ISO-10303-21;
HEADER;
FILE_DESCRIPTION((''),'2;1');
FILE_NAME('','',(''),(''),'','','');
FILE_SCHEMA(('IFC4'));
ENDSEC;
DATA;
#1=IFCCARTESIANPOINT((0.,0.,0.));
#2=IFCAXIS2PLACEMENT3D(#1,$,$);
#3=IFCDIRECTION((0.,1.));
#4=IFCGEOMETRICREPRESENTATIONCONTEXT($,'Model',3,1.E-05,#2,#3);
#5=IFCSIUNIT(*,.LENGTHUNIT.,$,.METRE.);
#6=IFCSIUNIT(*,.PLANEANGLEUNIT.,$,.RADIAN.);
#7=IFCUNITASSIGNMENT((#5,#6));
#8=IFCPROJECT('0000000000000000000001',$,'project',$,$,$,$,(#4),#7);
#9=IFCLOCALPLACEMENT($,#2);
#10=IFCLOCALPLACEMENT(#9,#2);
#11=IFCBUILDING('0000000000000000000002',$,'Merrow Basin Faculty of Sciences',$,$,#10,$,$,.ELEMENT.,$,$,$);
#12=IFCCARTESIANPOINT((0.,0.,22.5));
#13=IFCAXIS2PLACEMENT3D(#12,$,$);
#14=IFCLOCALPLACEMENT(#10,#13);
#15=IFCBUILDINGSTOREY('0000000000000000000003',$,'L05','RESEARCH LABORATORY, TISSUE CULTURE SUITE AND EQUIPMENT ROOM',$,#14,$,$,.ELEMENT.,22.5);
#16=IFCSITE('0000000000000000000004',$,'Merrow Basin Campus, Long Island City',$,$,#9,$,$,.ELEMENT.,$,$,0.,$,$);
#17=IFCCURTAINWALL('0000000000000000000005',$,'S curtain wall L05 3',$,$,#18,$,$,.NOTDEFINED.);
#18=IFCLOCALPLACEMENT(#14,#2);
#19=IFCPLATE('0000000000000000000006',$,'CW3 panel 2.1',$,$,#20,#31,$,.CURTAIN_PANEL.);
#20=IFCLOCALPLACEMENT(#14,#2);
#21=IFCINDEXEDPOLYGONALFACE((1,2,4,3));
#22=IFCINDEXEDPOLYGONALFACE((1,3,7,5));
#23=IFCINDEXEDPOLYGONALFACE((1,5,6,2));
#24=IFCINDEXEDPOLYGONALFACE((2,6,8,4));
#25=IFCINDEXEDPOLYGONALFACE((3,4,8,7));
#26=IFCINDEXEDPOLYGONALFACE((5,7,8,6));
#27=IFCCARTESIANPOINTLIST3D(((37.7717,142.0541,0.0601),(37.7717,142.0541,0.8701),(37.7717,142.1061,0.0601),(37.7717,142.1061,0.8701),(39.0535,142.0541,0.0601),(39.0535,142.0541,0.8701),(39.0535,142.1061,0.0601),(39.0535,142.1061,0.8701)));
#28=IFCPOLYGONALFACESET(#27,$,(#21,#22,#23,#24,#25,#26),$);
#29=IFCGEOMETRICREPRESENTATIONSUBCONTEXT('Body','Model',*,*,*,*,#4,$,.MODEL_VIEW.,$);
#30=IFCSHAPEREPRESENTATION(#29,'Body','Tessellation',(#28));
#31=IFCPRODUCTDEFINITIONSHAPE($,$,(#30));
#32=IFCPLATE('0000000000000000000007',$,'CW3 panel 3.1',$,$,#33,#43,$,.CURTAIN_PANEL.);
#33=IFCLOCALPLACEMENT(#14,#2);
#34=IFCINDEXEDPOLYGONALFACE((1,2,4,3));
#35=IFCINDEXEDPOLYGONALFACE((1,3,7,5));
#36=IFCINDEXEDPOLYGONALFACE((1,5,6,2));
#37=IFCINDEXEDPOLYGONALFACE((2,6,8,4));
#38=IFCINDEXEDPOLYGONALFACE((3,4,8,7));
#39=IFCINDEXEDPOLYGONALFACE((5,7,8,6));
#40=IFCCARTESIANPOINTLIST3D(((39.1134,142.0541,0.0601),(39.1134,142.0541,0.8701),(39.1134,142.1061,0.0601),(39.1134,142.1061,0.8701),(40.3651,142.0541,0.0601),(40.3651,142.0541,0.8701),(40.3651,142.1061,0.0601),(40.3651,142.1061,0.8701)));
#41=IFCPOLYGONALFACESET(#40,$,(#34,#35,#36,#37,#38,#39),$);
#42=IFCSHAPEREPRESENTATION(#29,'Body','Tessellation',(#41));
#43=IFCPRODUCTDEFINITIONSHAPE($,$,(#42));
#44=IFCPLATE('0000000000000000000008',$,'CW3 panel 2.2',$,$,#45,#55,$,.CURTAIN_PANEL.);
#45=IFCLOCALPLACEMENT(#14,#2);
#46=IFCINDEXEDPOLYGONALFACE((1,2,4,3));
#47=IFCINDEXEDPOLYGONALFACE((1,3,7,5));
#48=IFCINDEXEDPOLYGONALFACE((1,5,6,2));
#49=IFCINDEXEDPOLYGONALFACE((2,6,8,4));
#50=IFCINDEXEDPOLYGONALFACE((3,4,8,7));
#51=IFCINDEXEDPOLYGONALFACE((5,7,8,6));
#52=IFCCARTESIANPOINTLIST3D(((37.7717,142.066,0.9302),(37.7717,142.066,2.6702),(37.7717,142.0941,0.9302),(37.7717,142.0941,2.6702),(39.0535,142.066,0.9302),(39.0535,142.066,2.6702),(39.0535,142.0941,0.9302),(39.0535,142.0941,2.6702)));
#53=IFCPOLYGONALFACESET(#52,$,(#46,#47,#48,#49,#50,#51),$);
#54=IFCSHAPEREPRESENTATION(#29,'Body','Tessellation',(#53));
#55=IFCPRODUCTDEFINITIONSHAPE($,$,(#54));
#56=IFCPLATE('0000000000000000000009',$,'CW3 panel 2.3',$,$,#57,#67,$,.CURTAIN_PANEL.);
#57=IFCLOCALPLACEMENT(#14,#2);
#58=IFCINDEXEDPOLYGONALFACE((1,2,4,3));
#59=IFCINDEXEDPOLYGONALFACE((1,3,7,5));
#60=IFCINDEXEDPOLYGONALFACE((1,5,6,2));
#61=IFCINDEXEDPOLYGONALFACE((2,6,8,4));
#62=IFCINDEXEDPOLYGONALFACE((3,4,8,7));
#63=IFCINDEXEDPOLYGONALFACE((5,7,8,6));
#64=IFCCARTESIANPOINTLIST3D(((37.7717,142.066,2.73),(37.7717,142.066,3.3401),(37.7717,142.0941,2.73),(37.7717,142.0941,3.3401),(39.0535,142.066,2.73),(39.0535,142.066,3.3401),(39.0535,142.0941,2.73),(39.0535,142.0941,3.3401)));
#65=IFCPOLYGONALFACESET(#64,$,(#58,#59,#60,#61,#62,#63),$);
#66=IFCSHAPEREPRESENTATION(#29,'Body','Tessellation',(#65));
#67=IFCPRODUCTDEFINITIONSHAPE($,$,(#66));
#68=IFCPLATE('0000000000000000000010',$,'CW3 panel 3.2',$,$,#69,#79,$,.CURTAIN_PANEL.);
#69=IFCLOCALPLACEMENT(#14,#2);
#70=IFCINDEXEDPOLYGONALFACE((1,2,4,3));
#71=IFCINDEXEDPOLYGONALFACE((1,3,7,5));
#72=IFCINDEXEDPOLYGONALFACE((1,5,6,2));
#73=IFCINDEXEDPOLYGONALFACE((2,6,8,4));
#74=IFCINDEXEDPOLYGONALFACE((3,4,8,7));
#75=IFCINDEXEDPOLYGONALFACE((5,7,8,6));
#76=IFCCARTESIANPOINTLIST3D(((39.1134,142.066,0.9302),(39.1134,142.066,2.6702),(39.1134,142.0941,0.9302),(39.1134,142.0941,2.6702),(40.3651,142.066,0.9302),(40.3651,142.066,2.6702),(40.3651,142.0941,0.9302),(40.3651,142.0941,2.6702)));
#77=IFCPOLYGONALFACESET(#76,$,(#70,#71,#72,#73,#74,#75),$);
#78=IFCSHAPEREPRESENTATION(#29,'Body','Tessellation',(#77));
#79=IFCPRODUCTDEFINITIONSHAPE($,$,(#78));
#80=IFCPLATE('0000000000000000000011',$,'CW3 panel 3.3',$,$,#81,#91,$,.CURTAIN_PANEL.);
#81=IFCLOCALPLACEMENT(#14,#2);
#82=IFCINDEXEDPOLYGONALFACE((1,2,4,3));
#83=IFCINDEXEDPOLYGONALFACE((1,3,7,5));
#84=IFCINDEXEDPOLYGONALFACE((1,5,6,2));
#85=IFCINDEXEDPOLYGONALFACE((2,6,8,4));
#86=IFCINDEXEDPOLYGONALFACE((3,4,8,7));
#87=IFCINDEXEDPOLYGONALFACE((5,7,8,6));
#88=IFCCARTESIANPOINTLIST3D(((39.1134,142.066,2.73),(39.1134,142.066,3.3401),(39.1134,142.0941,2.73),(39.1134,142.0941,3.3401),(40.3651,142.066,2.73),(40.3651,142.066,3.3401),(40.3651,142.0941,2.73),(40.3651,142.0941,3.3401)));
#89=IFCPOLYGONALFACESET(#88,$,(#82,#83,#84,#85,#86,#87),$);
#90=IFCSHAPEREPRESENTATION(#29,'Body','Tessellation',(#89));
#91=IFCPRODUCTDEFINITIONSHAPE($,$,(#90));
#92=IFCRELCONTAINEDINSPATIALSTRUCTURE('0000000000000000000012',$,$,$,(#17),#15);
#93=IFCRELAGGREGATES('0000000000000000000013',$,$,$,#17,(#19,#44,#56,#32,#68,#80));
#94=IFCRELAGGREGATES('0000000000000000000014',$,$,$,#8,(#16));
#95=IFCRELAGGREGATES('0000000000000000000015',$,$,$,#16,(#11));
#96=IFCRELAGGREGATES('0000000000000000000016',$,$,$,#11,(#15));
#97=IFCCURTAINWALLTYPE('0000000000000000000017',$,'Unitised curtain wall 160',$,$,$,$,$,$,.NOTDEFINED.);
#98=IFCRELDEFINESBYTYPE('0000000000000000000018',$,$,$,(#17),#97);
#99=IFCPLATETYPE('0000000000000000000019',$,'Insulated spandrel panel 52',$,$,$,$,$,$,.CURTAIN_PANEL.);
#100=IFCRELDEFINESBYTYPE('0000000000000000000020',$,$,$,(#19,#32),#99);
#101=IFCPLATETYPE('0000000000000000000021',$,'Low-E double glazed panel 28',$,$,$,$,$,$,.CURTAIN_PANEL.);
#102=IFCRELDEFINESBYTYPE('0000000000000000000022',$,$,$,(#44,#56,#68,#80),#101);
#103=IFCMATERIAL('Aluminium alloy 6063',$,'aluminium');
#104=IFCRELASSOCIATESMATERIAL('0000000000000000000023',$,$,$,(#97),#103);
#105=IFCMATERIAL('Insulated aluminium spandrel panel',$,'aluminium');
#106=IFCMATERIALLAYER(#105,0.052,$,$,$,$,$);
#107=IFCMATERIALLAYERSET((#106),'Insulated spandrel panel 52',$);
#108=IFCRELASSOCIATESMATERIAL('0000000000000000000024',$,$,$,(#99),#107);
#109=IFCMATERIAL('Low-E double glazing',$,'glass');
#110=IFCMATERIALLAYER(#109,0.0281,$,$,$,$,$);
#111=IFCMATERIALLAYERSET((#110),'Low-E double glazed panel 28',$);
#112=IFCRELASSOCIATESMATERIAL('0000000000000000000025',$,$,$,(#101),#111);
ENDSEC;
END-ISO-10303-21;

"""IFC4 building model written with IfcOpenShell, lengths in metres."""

from ifc_helpers import new_model, si_unit, direction, frame, origin, origin_2d, place, context, subcontext, project, spatial, rectangle, extrude, material, layer, layer_set, type_object, element, aggregate, save


model = new_model("IFC4")

# Units and contexts
model_context = context("Model", 3, precision=1e-05, world=origin(), true_north=direction((0.0, 1.0)))
body_context = subcontext(model_context, "Body", "Model", "MODEL_VIEW")
ifc_project = project(units=[si_unit("LENGTHUNIT", "METRE"), si_unit("PLANEANGLEUNIT", "RADIAN")], contexts=[model_context])

# Site, building, storey
site_placement = place(None, origin())
site = spatial("IfcSite", under=ifc_project, at=site_placement, Name="Merrow Basin Campus, Long Island City", CompositionType="ELEMENT", RefElevation=0.0)
building_placement = place(site_placement, origin())
building = spatial("IfcBuilding", under=site, at=building_placement, Name="Merrow Basin Faculty of Sciences", CompositionType="ELEMENT")
storey_placement = place(building_placement, frame((0.0, 0.0, 22.5)))
storey = spatial("IfcBuildingStorey", under=building, at=storey_placement, Name="L05", Description="RESEARCH LABORATORY, TISSUE CULTURE SUITE AND EQUIPMENT ROOM", CompositionType="ELEMENT", Elevation=22.5)

# Curtain wall
ifc_material_1 = material(Name="Aluminium alloy 6063", Category="aluminium")
curtain_wall_type = type_object("IfcCurtainWallType", Name="Unitised curtain wall 160", PredefinedType="NOTDEFINED", material=ifc_material_1)
curtain_wall_1_placement = place(storey_placement, origin())
curtain_wall_1 = element("IfcCurtainWall", 1, at=curtain_wall_1_placement, inside=storey, type_object=curtain_wall_type, Name="S curtain wall L05 3", PredefinedType="NOTDEFINED")

# Plates
ifc_material_2 = material(Name="Insulated aluminium spandrel panel", Category="aluminium")
ifc_layer_1 = layer(ifc_material_2, 0.052)
ifc_layer_set_1 = layer_set([ifc_layer_1], Name="Insulated spandrel panel 52")
plate_type_1 = type_object("IfcPlateType", Name="Insulated spandrel panel 52", PredefinedType="CURTAIN_PANEL", material=ifc_layer_set_1)
plate_1_placement = place(storey_placement, frame((38.4126, 142.0801, 0.0601), z_axis=(0.0, 0.0, 1.0), x_axis=(1.0, 0.0, 0.0)))
plate_1 = element("IfcPlate", 2, at=plate_1_placement, type_object=plate_type_1, Name="CW3 panel 2.1", PredefinedType="CURTAIN_PANEL", context=body_context, shape_type="SweptSolid", body=[
    extrude(rectangle(XDim=1.2817, YDim=0.052, at=origin_2d()), origin(), (0.0, 0.0, 1.0), 0.8101),
])
plate_2_placement = place(storey_placement, frame((39.7393, 142.0801, 0.0601), z_axis=(0.0, 0.0, 1.0), x_axis=(1.0, 0.0, 0.0)))
plate_2 = element("IfcPlate", 3, at=plate_2_placement, type_object=plate_type_1, Name="CW3 panel 3.1", PredefinedType="CURTAIN_PANEL", context=body_context, shape_type="SweptSolid", body=[
    extrude(rectangle(XDim=1.2517, YDim=0.052, at=origin_2d()), origin(), (0.0, 0.0, 1.0), 0.8101),
])
ifc_material_3 = material(Name="Low-E double glazing", Category="glass")
ifc_layer_2 = layer(ifc_material_3, 0.0281)
ifc_layer_set_2 = layer_set([ifc_layer_2], Name="Low-E double glazed panel 28")
plate_type_2 = type_object("IfcPlateType", Name="Low-E double glazed panel 28", PredefinedType="CURTAIN_PANEL", material=ifc_layer_set_2)
plate_3_placement = place(storey_placement, frame((38.4126, 142.0801, 0.9302), z_axis=(0.0, 0.0, 1.0), x_axis=(1.0, 0.0, 0.0)))
plate_3 = element("IfcPlate", 4, at=plate_3_placement, type_object=plate_type_2, Name="CW3 panel 2.2", PredefinedType="CURTAIN_PANEL", context=body_context, shape_type="SweptSolid", body=[
    extrude(rectangle(XDim=1.2817, YDim=0.0281, at=origin_2d()), origin(), (0.0, 0.0, 1.0), 1.74),
])
plate_4_placement = place(storey_placement, frame((38.4126, 142.0801, 2.73), z_axis=(0.0, 0.0, 1.0), x_axis=(1.0, 0.0, 0.0)))
plate_4 = element("IfcPlate", 5, at=plate_4_placement, type_object=plate_type_2, Name="CW3 panel 2.3", PredefinedType="CURTAIN_PANEL", context=body_context, shape_type="SweptSolid", body=[
    extrude(rectangle(XDim=1.2817, YDim=0.0281, at=origin_2d()), origin(), (0.0, 0.0, 1.0), 0.6101),
])
plate_5_placement = place(storey_placement, frame((39.7393, 142.0801, 0.9302), z_axis=(0.0, 0.0, 1.0), x_axis=(1.0, 0.0, 0.0)))
plate_5 = element("IfcPlate", 6, at=plate_5_placement, type_object=plate_type_2, Name="CW3 panel 3.2", PredefinedType="CURTAIN_PANEL", context=body_context, shape_type="SweptSolid", body=[
    extrude(rectangle(XDim=1.2517, YDim=0.0281, at=origin_2d()), origin(), (0.0, 0.0, 1.0), 1.74),
])
plate_6_placement = place(storey_placement, frame((39.7393, 142.0801, 2.73), z_axis=(0.0, 0.0, 1.0), x_axis=(1.0, 0.0, 0.0)))
plate_6 = element("IfcPlate", 7, at=plate_6_placement, type_object=plate_type_2, Name="CW3 panel 3.3", PredefinedType="CURTAIN_PANEL", context=body_context, shape_type="SweptSolid", body=[
    extrude(rectangle(XDim=1.2517, YDim=0.0281, at=origin_2d()), origin(), (0.0, 0.0, 1.0), 0.6101),
])
aggregate(curtain_wall_1, [plate_1, plate_3, plate_4, plate_2, plate_5, plate_6])

save(model, "model.ifc")
